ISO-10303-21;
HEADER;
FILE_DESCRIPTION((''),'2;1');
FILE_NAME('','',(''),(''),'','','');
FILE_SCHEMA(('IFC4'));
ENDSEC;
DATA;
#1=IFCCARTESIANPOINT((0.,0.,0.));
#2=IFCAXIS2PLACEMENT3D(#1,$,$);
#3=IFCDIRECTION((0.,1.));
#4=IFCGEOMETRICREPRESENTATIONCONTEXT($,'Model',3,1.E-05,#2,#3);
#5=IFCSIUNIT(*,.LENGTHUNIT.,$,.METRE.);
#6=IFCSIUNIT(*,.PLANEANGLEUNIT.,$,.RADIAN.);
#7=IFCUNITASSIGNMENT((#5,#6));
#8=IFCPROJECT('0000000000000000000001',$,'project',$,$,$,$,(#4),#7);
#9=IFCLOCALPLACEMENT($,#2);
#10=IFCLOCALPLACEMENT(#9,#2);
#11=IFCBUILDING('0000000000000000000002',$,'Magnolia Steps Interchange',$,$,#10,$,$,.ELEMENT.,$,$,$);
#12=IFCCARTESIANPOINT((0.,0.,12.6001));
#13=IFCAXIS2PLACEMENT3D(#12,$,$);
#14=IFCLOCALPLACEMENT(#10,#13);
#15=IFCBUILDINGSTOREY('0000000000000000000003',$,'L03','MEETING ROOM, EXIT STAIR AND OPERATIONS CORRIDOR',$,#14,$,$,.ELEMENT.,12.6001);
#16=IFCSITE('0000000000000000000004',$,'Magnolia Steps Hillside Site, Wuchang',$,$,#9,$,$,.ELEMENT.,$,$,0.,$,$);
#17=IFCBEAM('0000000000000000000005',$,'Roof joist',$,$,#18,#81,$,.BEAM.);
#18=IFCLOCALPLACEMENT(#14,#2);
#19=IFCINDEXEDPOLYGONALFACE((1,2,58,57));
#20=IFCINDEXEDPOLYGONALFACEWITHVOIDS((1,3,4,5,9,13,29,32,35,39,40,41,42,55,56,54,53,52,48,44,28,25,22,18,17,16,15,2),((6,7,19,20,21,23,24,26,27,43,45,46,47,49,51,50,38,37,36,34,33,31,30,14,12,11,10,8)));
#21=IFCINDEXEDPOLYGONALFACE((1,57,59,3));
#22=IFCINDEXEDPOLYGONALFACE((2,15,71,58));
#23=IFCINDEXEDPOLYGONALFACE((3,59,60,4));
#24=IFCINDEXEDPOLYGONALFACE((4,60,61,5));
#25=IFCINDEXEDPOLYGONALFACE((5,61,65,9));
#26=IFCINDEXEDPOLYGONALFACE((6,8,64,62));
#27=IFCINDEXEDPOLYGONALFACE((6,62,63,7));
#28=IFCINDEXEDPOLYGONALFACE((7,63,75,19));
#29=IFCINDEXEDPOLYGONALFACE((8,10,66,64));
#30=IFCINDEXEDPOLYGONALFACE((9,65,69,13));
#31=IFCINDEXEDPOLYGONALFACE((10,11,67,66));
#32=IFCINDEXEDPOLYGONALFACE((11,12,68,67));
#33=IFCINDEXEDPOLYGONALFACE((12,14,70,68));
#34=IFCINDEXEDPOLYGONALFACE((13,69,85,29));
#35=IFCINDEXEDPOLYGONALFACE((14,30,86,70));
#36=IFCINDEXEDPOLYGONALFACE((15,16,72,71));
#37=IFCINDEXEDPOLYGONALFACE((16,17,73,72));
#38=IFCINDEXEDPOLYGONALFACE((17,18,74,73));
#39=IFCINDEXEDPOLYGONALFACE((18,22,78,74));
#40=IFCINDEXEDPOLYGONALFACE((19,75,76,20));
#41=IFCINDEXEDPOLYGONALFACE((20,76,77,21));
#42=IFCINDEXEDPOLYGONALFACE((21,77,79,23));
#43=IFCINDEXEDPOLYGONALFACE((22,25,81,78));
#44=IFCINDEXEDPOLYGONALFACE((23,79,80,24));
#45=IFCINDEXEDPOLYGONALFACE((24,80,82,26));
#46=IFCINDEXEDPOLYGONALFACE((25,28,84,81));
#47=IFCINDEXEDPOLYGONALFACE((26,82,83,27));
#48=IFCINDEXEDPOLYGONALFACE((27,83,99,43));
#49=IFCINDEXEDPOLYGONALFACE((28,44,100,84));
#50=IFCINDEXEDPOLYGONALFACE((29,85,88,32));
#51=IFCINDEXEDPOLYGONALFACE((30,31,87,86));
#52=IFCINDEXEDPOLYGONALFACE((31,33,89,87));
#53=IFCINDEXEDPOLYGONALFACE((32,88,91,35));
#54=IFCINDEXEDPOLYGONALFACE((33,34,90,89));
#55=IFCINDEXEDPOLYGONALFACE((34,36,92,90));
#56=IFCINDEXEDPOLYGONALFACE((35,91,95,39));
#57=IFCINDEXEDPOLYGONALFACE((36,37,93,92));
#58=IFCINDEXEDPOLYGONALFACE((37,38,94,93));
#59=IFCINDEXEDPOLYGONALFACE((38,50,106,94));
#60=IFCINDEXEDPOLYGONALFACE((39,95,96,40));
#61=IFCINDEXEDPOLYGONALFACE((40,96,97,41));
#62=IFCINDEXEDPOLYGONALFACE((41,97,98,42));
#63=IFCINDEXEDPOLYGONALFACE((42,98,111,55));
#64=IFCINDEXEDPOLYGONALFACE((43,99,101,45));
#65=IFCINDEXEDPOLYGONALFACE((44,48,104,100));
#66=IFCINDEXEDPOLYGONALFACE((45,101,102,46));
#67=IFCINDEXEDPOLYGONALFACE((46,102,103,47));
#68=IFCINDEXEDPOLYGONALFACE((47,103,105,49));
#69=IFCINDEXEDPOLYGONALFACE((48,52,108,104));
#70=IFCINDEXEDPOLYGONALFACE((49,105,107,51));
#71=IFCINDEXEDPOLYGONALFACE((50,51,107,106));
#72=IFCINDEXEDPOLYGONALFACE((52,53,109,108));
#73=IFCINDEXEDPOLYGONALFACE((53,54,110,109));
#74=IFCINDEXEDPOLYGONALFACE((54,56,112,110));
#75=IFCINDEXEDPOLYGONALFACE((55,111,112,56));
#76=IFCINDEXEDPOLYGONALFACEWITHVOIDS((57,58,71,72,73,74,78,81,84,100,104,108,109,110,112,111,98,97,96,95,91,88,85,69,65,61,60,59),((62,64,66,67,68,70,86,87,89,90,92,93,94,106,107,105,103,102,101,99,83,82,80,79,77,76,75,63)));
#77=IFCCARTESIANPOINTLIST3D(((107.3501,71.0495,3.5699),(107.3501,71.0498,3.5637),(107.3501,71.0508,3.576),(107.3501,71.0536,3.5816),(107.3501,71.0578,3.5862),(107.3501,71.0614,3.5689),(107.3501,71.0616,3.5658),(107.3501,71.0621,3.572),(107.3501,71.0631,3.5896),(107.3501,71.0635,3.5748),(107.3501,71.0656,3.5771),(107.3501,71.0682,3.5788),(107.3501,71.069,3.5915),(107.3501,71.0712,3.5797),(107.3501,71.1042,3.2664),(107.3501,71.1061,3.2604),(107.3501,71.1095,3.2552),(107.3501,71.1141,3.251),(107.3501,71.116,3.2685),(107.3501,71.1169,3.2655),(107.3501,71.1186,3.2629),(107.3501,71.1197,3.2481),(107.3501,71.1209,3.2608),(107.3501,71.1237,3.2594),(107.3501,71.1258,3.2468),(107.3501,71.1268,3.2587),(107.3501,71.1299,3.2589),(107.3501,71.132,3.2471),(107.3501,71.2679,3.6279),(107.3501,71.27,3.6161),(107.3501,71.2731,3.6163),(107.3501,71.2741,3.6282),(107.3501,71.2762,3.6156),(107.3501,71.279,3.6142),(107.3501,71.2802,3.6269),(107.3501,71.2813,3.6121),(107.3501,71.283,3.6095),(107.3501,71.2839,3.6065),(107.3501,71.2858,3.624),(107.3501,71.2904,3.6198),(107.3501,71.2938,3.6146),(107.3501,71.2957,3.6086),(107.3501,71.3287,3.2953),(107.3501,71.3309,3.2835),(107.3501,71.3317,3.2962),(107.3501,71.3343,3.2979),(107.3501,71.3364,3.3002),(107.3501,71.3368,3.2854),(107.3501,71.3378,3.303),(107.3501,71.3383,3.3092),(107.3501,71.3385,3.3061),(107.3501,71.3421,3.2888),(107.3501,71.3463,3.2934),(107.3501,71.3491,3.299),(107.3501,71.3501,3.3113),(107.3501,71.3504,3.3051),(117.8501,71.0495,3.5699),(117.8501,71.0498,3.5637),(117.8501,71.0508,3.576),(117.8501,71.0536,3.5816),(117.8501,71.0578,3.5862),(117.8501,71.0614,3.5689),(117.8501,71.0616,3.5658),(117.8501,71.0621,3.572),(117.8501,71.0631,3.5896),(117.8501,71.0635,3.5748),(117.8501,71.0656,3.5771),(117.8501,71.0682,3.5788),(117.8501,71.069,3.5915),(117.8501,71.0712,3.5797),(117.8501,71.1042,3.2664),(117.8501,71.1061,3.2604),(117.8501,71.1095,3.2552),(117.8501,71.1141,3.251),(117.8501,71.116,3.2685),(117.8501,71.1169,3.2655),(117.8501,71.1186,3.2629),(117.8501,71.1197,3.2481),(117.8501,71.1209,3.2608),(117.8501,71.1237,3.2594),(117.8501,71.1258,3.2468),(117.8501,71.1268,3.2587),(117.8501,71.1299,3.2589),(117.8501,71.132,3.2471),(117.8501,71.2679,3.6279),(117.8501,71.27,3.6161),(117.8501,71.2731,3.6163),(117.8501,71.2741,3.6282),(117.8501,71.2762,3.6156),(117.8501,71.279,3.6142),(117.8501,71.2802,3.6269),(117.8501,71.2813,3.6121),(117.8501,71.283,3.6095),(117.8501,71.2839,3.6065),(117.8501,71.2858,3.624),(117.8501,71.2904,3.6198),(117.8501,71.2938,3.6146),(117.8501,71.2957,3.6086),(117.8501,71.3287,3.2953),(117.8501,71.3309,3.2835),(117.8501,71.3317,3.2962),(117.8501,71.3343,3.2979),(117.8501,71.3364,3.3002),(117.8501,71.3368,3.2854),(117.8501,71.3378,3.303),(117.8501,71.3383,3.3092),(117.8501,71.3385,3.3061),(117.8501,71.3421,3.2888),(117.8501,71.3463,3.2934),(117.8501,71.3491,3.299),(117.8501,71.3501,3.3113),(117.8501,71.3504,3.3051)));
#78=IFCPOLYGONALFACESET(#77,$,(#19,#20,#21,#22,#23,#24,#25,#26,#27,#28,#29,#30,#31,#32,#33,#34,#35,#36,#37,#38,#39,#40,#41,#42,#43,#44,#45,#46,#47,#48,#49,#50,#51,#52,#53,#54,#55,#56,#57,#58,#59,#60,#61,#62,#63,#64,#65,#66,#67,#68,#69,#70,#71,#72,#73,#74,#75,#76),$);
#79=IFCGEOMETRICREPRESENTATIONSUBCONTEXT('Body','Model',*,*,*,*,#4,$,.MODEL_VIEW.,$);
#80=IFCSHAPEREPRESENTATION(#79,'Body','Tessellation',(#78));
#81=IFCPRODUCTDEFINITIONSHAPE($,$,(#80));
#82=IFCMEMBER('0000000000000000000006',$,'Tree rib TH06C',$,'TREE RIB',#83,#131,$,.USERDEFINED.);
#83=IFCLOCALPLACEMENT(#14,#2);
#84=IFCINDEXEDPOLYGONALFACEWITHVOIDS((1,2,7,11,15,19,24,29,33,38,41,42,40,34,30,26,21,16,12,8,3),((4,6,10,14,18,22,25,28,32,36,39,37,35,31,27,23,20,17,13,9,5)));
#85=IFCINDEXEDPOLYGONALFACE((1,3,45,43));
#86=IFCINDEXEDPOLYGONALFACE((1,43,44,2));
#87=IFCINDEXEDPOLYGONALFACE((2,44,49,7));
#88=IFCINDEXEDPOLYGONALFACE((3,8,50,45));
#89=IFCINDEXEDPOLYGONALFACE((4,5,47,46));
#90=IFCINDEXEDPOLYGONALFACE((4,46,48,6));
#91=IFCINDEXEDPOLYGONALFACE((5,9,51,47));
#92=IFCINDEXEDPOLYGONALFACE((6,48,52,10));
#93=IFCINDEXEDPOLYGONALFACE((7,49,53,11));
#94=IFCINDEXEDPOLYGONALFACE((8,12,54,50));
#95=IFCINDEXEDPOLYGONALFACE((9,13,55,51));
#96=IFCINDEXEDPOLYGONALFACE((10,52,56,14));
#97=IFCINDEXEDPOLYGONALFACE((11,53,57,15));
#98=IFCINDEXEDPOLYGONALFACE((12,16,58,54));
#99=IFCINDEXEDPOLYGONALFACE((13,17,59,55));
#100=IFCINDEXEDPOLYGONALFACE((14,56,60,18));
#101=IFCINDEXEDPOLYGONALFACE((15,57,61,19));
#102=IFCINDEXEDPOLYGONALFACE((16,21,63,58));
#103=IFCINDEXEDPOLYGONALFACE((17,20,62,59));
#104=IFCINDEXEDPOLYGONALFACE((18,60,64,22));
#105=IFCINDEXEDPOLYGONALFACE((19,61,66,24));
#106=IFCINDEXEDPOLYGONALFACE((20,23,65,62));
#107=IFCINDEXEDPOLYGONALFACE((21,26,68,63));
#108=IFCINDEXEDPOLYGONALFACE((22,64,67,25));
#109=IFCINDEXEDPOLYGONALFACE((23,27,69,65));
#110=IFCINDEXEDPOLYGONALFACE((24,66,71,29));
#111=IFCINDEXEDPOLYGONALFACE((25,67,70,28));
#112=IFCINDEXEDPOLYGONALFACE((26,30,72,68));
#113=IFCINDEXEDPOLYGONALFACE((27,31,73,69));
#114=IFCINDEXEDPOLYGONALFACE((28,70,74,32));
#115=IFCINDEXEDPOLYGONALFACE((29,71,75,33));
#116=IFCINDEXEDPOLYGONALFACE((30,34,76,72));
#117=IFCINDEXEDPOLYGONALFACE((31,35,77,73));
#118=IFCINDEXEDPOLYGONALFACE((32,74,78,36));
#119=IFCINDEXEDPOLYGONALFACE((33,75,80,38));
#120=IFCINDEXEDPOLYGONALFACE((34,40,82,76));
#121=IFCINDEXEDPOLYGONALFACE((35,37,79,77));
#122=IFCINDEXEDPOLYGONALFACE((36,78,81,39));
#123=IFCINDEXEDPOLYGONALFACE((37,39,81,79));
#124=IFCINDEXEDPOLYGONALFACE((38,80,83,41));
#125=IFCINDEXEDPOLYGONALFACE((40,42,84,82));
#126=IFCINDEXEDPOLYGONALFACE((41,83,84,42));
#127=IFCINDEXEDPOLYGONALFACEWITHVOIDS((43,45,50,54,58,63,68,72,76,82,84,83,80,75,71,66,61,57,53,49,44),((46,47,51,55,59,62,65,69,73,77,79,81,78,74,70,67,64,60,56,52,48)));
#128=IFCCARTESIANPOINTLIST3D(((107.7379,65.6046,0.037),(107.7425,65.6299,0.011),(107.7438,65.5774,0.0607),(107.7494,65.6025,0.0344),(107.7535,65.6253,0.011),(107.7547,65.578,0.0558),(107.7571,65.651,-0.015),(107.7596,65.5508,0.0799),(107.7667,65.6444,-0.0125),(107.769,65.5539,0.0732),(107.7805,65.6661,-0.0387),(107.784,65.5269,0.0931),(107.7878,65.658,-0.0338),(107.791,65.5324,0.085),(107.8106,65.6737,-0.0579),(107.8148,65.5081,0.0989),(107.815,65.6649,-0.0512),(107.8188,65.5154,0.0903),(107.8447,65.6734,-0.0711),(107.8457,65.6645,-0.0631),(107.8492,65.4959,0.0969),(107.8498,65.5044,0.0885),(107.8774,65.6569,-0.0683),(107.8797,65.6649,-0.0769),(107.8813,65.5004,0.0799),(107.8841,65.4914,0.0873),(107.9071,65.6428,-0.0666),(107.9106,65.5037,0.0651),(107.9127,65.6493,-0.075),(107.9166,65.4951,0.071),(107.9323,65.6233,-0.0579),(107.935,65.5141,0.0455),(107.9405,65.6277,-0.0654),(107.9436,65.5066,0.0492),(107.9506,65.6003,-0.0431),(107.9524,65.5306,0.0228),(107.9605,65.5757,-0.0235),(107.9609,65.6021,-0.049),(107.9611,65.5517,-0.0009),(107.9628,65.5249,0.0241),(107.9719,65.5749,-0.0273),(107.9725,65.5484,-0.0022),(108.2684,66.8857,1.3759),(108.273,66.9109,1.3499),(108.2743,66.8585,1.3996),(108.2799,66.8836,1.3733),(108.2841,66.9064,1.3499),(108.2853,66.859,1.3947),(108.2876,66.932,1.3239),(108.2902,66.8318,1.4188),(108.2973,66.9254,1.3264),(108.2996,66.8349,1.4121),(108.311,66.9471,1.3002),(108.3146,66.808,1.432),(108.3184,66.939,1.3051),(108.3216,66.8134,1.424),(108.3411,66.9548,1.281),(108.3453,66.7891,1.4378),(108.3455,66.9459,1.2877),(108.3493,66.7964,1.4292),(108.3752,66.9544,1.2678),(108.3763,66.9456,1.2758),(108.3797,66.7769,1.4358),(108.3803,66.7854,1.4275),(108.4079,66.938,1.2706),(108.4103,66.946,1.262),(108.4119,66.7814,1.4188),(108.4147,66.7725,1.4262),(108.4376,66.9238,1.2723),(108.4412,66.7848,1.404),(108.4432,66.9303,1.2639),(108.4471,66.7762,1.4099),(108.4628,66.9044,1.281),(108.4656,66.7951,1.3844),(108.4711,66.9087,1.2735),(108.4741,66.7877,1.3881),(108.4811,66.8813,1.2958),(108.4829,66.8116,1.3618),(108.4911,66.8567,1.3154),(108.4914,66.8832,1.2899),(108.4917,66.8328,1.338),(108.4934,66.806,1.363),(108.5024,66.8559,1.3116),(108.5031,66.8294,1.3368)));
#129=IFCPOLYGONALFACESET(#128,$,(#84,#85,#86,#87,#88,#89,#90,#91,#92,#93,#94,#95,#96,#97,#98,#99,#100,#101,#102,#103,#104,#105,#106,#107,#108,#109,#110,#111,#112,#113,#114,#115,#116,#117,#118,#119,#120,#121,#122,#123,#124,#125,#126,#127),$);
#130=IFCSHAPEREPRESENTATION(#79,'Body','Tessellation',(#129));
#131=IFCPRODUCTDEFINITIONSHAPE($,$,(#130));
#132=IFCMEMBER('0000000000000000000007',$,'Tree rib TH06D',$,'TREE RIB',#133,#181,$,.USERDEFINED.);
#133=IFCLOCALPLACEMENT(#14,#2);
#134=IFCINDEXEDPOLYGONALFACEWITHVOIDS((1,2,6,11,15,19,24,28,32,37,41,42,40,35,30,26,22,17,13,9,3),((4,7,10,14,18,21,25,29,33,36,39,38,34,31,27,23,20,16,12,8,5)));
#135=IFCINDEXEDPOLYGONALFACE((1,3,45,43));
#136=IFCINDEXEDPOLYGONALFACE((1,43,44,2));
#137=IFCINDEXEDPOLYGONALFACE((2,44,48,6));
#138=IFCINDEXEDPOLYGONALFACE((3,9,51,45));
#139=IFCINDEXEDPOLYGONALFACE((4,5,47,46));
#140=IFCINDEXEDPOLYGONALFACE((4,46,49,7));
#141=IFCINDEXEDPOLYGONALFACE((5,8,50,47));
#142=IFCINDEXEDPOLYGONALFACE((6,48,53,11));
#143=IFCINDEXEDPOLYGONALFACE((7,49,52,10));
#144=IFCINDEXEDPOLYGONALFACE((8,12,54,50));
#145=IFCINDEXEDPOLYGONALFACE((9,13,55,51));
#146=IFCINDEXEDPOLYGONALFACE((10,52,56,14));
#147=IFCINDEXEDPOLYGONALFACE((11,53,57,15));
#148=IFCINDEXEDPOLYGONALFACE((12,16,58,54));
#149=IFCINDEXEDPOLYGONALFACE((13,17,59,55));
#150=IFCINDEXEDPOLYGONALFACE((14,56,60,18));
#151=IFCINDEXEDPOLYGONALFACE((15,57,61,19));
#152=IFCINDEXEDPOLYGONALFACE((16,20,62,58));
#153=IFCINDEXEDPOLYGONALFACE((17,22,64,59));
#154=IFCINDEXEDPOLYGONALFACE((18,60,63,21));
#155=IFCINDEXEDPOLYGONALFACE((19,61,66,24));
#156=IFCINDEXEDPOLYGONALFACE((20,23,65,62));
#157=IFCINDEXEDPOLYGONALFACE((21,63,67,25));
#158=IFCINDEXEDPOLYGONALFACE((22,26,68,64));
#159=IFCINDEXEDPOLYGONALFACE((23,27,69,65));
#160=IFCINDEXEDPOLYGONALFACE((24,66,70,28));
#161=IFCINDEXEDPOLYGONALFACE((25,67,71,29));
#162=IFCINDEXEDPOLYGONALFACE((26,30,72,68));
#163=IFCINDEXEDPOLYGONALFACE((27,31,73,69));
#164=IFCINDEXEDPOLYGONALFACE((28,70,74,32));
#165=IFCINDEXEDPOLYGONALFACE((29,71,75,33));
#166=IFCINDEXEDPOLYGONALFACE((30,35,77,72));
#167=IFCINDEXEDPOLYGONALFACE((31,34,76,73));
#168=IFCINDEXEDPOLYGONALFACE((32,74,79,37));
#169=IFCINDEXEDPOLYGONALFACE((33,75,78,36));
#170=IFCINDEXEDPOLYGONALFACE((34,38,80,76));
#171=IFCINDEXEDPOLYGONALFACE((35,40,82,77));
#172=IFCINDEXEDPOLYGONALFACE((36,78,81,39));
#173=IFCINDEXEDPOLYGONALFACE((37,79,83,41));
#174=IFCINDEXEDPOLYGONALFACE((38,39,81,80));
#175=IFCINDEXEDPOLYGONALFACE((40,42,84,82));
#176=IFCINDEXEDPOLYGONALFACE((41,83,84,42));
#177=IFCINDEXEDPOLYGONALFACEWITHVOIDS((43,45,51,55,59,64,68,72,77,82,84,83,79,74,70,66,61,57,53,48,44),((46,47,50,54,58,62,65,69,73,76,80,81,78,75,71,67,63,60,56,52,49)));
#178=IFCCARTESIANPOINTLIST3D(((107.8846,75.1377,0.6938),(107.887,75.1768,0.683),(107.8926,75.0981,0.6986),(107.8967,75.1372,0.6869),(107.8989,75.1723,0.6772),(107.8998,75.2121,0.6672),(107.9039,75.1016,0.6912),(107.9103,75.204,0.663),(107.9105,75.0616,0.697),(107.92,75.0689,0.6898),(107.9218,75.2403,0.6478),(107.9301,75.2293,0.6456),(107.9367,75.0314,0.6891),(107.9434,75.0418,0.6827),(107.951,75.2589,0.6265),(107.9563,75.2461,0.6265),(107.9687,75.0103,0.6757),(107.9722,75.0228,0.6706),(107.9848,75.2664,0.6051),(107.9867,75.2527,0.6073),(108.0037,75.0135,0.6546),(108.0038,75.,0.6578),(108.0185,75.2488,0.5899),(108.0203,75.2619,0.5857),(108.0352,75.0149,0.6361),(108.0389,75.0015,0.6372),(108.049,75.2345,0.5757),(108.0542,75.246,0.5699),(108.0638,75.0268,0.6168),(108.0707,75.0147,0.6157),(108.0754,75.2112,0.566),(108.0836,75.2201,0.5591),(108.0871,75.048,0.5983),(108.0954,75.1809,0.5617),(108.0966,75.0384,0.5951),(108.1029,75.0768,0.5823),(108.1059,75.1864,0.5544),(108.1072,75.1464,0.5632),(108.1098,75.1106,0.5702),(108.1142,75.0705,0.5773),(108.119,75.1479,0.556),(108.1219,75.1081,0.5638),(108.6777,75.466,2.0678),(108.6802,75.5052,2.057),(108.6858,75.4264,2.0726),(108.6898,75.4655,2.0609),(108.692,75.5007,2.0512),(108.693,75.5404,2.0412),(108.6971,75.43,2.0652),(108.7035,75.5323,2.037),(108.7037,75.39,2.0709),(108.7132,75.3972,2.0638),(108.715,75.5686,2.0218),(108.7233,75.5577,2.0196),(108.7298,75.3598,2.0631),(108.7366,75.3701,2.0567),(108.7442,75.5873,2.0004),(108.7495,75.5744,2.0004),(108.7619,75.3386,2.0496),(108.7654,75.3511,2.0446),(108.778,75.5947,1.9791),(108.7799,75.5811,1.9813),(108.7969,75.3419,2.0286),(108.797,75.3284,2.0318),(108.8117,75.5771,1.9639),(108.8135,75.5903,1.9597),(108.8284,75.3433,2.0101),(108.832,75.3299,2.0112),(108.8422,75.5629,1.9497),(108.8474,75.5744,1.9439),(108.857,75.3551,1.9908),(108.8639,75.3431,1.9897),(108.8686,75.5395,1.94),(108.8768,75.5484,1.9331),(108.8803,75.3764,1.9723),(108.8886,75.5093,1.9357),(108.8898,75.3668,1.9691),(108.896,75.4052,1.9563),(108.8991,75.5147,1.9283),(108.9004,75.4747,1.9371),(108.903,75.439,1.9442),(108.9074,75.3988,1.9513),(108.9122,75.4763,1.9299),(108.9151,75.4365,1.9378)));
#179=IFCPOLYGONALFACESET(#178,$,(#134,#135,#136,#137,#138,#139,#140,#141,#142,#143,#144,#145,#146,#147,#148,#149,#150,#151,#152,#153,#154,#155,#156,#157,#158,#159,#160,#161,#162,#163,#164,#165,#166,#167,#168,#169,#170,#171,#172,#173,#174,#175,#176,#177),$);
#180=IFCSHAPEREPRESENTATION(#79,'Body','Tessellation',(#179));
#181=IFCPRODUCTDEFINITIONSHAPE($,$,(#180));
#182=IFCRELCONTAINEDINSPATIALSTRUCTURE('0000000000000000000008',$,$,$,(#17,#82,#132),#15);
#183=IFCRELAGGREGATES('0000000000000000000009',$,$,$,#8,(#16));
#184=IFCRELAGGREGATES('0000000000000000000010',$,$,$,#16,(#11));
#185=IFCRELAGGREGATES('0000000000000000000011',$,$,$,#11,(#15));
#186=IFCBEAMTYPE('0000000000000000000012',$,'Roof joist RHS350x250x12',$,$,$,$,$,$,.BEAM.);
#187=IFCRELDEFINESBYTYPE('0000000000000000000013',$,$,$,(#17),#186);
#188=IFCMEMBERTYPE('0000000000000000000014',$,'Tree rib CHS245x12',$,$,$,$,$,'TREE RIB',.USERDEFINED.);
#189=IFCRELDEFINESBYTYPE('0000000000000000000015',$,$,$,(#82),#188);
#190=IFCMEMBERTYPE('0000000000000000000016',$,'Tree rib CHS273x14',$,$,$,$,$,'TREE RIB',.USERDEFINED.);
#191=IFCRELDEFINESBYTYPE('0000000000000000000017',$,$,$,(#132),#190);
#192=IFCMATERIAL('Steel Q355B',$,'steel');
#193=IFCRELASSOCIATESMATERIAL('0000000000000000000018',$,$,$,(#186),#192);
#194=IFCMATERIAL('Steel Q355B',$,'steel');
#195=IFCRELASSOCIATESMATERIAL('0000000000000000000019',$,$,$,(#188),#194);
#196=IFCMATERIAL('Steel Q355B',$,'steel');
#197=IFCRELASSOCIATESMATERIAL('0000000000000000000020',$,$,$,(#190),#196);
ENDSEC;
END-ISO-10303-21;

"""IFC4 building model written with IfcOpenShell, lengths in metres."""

from ifc_helpers import new_model, si_unit, direction, frame, origin, origin_2d, place, context, subcontext, project, spatial, hollow_rectangle, hollow_circle, extrude, material, material_profile, profile_set, type_object, element, save


model = new_model("IFC4")

# Units and contexts
model_context = context("Model", 3, precision=1e-05, world=origin(), true_north=direction((0.0, 1.0)))
body_context = subcontext(model_context, "Body", "Model", "MODEL_VIEW")
ifc_project = project(units=[si_unit("LENGTHUNIT", "METRE"), si_unit("PLANEANGLEUNIT", "RADIAN")], contexts=[model_context])

# Site, building, storey
site_placement = place(None, origin())
site = spatial("IfcSite", under=ifc_project, at=site_placement, Name="Magnolia Steps Hillside Site, Wuchang", CompositionType="ELEMENT", RefElevation=0.0)
building_placement = place(site_placement, origin())
building = spatial("IfcBuilding", under=site, at=building_placement, Name="Magnolia Steps Interchange", CompositionType="ELEMENT")
storey_placement = place(building_placement, frame((0.0, 0.0, 12.6001)))
storey = spatial("IfcBuildingStorey", under=building, at=storey_placement, Name="L03", Description="MEETING ROOM, EXIT STAIR AND OPERATIONS CORRIDOR", CompositionType="ELEMENT", Elevation=12.6001)

# Beam
ifc_material_1 = material(Name="Steel Q355B", Category="steel")
ifc_material_profile_1 = material_profile(ifc_material_1, hollow_rectangle(XDim=0.25, YDim=0.3501, WallThickness=0.012, InnerFilletRadius=0.012, OuterFilletRadius=0.0239, at=origin_2d()), Name="RHS350x250x12")
ifc_profile_set_1 = profile_set([ifc_material_profile_1], Name="Steel Q355B")
beam_type_1 = type_object("IfcBeamType", Name="Roof joist RHS350x250x12", PredefinedType="BEAM", material=ifc_profile_set_1)
for number, where, z_axis, x_axis, name in (
    (1, (107.3501, 71.2, 3.4375), (1.0, 0.0, 0.0), (0.0, 0.983677, 0.179941), "Roof joist"),
):
    element("IfcBeam", number, at=place(storey_placement, frame(where, z_axis=z_axis, x_axis=x_axis)), inside=storey, type_object=beam_type_1, Name=name, PredefinedType="BEAM", context=body_context, shape_type="SweptSolid", body=[
        extrude(hollow_rectangle(XDim=0.25, YDim=0.3501, WallThickness=0.012, InnerFilletRadius=0.012, OuterFilletRadius=0.0239, at=origin_2d()), origin(), (0.0, 0.0, 1.0), 10.5),
    ])

# Members
ifc_material_2 = material(Name="Steel Q355B", Category="steel")
ifc_material_profile_2 = material_profile(ifc_material_2, hollow_circle(Radius=0.1226, WallThickness=0.012, at=origin_2d()), Name="CHS245x12")
ifc_profile_set_2 = profile_set([ifc_material_profile_2], Name="Steel Q355B")
member_type_1 = type_object("IfcMemberType", Name="Tree rib CHS245x12", ElementType="TREE RIB", PredefinedType="USERDEFINED", material=ifc_profile_set_2)
member_1_placement = place(storey_placement, frame((107.8557, 65.583, 0.011), z_axis=(0.275246, 0.664618, 0.694638), x_axis=(-0.923903, 0.382627, 0.0)))
element("IfcMember", 2, at=member_1_placement, inside=storey, type_object=member_type_1, Name="Tree rib TH06C", ObjectType="TREE RIB", PredefinedType="USERDEFINED", context=body_context, shape_type="SweptSolid", body=[
    extrude(hollow_circle(Radius=0.1226, WallThickness=0.012, at=origin_2d()), origin(), (0.0, 0.0, 1.0), 1.9275),
])
ifc_material_3 = material(Name="Steel Q355B", Category="steel")
ifc_material_profile_3 = material_profile(ifc_material_3, hollow_circle(Radius=0.1365, WallThickness=0.0139, at=origin_2d()), Name="CHS273x14")
ifc_profile_set_3 = profile_set([ifc_material_profile_3], Name="Steel Q355B")
member_type_2 = type_object("IfcMemberType", Name="Tree rib CHS273x14", ElementType="TREE RIB", PredefinedType="USERDEFINED", material=ifc_profile_set_3)
member_2_placement = place(storey_placement, frame((108.0032, 75.1328, 0.6265), z_axis=(0.489586, 0.202676, 0.848073), x_axis=(-0.382494, 0.923958, 0.0)))
element("IfcMember", 3, at=member_2_placement, inside=storey, type_object=member_type_2, Name="Tree rib TH06D", ObjectType="TREE RIB", PredefinedType="USERDEFINED", context=body_context, shape_type="SweptSolid", body=[
    extrude(hollow_circle(Radius=0.1365, WallThickness=0.0139, at=origin_2d()), origin(), (0.0, 0.0, 1.0), 1.6201),
])

save(model, "model.ifc")
